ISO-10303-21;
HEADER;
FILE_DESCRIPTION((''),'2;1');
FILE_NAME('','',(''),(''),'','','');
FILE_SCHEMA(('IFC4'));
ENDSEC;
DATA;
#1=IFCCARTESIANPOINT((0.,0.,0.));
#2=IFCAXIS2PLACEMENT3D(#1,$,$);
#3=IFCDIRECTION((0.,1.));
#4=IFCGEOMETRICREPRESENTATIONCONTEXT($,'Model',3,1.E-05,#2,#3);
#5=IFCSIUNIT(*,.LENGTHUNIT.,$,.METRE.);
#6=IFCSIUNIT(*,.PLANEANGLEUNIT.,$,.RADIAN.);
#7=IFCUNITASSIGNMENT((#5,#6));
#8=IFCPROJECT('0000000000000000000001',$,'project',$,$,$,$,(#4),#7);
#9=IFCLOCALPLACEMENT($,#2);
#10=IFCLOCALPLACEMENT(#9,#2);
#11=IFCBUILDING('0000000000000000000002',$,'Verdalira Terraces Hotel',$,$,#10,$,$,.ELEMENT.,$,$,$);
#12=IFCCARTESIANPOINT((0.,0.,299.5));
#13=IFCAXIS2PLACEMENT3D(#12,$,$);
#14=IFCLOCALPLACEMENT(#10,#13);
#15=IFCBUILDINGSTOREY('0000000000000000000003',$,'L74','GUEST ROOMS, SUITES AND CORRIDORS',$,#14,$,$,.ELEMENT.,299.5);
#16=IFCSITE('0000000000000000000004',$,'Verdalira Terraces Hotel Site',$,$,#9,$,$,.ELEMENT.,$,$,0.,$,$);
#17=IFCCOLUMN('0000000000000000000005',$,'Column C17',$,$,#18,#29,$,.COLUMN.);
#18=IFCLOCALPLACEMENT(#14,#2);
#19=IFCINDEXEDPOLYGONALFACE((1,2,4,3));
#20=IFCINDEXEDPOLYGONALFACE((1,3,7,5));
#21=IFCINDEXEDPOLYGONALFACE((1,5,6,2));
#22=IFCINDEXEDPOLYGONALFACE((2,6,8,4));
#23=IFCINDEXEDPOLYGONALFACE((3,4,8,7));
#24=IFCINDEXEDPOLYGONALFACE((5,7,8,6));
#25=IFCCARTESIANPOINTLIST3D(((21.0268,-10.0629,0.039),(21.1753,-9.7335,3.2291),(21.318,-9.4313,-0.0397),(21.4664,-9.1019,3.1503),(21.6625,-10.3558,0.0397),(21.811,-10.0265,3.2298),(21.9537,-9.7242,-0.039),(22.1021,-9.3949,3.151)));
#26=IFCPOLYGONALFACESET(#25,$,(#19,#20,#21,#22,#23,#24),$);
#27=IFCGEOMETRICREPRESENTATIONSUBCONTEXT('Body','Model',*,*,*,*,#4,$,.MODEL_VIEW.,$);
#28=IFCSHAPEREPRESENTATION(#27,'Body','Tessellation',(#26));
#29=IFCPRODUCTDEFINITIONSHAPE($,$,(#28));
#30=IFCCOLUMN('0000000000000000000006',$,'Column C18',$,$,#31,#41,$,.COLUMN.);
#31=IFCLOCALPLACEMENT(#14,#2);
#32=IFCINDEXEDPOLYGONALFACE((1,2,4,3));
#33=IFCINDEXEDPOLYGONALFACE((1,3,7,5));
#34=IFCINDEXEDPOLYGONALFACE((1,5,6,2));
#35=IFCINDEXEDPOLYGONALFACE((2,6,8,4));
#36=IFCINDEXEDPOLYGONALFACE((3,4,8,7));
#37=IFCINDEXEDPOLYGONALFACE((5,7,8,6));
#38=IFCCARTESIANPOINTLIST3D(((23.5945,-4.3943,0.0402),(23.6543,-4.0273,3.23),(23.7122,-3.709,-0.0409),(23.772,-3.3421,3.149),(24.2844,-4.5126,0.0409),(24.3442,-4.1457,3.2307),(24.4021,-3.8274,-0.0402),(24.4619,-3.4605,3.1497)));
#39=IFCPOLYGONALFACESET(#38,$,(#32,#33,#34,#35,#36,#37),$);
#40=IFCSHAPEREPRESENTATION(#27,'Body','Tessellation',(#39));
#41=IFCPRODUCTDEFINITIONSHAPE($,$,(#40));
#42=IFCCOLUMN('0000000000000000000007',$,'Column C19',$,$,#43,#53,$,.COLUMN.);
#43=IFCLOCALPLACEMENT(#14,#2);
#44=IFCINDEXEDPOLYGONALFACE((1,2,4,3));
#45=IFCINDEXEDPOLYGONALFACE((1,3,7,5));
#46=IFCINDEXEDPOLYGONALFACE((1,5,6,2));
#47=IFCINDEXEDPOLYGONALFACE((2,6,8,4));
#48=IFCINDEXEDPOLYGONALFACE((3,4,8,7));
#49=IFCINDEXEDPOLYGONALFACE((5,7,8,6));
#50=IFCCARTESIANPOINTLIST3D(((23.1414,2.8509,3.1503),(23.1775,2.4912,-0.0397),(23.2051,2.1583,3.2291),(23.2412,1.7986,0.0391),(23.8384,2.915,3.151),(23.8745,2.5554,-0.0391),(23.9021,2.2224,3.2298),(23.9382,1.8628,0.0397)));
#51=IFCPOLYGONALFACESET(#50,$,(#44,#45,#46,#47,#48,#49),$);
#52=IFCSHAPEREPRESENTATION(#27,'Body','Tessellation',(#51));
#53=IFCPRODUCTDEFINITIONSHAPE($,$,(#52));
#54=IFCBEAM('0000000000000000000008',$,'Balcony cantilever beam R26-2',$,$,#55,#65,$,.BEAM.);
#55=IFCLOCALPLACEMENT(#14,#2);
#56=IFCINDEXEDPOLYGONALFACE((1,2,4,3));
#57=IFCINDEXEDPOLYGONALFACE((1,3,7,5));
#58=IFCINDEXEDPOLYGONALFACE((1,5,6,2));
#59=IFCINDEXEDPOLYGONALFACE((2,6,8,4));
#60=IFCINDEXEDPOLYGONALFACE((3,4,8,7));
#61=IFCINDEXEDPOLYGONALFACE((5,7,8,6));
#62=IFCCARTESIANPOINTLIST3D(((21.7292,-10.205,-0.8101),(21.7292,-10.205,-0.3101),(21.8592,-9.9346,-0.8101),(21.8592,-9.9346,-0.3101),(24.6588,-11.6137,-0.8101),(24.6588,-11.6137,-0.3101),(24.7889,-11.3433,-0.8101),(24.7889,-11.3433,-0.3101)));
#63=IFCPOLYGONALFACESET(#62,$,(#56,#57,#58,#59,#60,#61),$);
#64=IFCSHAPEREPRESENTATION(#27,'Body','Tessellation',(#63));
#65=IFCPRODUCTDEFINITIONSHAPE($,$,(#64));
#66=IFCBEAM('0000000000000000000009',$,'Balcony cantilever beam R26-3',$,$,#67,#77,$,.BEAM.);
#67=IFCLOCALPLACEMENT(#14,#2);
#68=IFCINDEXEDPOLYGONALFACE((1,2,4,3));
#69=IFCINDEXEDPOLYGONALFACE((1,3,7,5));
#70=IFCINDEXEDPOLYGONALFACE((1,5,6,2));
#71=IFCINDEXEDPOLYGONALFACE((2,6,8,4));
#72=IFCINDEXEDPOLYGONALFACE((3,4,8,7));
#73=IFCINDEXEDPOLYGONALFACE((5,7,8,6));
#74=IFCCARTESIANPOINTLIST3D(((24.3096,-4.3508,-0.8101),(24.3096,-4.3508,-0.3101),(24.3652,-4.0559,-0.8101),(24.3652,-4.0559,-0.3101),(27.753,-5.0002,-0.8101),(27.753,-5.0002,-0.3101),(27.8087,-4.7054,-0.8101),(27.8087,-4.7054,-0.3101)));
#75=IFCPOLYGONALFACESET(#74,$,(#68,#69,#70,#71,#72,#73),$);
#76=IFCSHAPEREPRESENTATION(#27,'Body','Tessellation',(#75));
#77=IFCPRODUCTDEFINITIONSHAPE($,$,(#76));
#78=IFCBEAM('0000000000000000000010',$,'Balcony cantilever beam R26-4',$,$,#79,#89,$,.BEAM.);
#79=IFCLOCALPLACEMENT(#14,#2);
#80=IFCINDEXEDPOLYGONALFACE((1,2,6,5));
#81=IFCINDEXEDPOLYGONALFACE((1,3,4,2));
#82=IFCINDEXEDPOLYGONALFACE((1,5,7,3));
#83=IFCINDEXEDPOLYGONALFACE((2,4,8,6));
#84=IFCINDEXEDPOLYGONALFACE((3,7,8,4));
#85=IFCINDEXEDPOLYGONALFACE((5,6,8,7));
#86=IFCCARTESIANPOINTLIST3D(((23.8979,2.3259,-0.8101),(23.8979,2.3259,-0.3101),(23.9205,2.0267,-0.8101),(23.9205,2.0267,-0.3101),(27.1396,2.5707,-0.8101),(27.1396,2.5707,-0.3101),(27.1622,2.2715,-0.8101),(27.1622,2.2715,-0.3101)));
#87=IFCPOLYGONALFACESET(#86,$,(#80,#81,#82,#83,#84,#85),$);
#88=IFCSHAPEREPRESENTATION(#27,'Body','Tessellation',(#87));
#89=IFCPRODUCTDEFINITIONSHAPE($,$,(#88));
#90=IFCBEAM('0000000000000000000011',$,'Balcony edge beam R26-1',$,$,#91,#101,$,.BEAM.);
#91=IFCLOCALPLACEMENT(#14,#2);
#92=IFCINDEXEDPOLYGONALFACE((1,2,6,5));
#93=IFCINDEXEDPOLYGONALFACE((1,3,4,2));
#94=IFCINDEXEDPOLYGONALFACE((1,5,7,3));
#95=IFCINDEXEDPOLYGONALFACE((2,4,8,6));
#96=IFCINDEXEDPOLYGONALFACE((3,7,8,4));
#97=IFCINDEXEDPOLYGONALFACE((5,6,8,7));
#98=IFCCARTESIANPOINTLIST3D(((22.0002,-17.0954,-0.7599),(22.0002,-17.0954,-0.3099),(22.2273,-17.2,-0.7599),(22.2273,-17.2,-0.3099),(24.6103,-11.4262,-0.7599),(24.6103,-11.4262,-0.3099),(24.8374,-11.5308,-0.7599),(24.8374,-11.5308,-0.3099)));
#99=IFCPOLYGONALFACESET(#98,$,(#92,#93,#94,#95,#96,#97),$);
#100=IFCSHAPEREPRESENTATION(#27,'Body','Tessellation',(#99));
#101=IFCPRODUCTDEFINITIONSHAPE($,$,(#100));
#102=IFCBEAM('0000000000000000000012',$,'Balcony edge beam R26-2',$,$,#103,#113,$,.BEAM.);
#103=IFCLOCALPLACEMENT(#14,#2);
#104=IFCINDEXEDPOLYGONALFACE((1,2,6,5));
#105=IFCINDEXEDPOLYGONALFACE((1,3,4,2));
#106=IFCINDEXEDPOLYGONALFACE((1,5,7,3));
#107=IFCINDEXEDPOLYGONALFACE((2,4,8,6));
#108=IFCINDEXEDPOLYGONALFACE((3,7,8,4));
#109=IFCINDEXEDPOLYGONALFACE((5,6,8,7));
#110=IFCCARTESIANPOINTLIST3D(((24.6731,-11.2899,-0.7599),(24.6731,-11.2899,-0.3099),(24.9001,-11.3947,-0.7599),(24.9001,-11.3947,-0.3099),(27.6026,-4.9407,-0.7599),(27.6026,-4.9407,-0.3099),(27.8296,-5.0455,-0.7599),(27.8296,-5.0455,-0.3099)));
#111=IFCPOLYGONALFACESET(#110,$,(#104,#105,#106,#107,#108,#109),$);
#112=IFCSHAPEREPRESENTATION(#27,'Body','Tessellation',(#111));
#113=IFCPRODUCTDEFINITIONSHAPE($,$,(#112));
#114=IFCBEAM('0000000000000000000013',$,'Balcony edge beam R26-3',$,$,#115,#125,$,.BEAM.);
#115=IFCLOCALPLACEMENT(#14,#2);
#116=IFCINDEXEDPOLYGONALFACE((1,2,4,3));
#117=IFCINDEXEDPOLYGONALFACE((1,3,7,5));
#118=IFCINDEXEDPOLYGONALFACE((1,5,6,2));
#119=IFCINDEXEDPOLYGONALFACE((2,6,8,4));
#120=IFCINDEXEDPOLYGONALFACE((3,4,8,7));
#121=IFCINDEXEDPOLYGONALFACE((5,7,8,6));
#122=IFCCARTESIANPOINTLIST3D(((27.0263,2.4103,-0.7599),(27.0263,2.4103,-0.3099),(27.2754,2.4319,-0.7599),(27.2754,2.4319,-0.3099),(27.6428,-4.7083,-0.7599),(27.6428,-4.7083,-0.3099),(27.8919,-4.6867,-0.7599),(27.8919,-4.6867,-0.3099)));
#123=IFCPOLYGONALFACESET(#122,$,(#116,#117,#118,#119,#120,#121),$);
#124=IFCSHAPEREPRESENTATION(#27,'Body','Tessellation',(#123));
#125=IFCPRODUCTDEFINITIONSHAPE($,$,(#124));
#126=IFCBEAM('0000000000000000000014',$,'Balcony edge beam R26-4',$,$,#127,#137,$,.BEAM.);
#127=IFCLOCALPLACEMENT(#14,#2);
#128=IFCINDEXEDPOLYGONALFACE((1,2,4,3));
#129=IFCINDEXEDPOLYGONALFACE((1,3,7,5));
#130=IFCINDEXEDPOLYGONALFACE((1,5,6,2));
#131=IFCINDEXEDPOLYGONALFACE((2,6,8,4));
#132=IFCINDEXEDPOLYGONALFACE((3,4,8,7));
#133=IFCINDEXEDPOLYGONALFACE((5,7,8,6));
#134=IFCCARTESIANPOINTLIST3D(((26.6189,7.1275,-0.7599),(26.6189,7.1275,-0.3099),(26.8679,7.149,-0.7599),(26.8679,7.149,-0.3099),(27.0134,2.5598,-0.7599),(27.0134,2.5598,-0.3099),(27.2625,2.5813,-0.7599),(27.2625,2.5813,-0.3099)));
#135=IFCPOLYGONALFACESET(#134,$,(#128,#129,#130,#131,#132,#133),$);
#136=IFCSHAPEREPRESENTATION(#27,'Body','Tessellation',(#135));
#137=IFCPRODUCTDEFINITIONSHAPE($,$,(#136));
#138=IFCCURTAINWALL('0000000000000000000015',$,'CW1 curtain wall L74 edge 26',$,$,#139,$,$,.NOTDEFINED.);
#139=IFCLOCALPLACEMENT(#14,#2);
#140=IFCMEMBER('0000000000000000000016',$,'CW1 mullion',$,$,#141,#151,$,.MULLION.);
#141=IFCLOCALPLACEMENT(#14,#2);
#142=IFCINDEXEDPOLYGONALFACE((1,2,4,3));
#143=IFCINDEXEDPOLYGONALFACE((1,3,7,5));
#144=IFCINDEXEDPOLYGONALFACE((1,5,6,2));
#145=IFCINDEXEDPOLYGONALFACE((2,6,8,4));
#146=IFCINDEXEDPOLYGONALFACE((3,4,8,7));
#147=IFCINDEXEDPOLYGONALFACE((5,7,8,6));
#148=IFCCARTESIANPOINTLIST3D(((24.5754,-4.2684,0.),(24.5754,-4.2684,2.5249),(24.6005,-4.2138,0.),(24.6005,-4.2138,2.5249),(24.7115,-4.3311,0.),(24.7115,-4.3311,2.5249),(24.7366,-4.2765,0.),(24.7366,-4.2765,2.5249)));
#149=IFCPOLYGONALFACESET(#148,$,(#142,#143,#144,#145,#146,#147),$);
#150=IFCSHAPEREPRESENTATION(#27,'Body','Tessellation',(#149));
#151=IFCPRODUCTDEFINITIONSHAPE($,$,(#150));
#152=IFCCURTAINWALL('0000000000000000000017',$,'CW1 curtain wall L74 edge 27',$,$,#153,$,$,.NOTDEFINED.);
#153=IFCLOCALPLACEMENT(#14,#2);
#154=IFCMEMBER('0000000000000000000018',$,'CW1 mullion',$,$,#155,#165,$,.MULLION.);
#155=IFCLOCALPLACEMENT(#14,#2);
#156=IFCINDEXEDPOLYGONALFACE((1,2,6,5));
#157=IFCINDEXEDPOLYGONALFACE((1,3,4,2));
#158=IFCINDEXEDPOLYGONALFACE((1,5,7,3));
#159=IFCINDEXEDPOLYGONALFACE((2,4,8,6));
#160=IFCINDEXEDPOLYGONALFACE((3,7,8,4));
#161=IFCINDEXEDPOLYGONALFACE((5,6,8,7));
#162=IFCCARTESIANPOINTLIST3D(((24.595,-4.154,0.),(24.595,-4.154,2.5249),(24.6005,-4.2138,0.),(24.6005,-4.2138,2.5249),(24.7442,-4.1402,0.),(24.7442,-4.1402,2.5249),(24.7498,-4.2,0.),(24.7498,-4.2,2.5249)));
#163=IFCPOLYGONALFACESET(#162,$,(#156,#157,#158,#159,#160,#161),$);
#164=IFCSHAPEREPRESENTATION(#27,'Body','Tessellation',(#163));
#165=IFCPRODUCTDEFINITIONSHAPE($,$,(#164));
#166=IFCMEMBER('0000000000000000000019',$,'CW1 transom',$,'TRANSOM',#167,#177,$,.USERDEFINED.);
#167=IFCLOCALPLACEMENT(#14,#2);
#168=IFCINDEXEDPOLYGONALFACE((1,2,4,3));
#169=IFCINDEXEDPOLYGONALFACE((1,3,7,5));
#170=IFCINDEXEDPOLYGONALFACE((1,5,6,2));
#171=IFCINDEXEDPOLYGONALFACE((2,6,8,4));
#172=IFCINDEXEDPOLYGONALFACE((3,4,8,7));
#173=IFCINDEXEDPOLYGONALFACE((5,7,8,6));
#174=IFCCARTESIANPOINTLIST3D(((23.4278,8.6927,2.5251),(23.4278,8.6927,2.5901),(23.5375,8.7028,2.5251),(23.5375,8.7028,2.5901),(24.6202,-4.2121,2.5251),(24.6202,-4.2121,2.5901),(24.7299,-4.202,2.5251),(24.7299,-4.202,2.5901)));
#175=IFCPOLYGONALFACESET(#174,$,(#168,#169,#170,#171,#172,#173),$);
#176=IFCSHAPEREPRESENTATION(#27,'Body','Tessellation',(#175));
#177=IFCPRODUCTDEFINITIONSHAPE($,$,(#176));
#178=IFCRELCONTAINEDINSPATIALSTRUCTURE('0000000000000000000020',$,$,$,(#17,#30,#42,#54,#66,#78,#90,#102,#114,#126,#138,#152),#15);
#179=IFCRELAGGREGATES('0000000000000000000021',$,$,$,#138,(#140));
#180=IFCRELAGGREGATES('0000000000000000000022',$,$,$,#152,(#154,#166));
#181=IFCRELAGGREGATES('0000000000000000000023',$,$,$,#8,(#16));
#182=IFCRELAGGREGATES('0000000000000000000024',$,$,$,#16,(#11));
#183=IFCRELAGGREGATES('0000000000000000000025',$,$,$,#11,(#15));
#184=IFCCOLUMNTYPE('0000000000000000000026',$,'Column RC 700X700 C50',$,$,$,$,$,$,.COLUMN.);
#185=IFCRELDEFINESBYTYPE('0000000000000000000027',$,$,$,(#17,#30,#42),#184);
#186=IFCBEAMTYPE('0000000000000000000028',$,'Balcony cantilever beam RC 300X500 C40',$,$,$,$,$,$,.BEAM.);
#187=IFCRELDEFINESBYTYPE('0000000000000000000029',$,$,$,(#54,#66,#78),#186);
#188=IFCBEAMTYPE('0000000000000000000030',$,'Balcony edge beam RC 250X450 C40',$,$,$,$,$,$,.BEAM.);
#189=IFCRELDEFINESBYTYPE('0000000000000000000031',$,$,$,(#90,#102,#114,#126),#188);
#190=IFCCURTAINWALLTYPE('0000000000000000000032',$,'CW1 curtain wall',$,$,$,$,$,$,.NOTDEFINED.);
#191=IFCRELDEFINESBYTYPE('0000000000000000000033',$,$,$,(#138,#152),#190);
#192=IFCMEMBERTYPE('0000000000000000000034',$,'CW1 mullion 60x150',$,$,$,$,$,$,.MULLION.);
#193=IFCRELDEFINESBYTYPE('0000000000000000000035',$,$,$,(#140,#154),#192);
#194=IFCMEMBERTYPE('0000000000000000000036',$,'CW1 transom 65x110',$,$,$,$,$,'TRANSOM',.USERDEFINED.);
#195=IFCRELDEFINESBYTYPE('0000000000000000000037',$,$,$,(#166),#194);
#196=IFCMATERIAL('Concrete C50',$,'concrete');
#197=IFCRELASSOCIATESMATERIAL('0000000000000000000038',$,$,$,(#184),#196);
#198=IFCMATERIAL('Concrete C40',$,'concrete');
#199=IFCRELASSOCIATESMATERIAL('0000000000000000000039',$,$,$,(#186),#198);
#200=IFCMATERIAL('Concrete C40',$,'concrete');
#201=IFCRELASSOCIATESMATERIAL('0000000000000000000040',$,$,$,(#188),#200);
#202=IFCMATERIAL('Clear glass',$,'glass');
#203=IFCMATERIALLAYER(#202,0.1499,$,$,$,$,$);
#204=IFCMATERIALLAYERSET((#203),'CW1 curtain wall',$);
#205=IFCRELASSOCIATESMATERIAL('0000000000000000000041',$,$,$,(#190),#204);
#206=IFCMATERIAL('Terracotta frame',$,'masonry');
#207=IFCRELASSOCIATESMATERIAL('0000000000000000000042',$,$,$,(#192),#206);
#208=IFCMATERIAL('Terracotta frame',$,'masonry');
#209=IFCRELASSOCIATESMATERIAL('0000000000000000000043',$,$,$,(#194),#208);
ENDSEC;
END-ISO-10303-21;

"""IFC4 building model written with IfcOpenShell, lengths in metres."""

from ifc_helpers import new_model, si_unit, direction, frame, origin, origin_2d, place, context, subcontext, project, spatial, rectangle, extrude, material, layer, layer_set, material_profile, profile_set, type_object, element, aggregate, save


model = new_model("IFC4")

# Units and contexts
model_context = context("Model", 3, precision=1e-05, world=origin(), true_north=direction((0.0, 1.0)))
body_context = subcontext(model_context, "Body", "Model", "MODEL_VIEW")
ifc_project = project(units=[si_unit("LENGTHUNIT", "METRE"), si_unit("PLANEANGLEUNIT", "RADIAN")], contexts=[model_context])

# Site, building, storey
site_placement = place(None, origin())
site = spatial("IfcSite", under=ifc_project, at=site_placement, Name="Verdalira Terraces Hotel Site", CompositionType="ELEMENT", RefElevation=0.0)
building_placement = place(site_placement, origin())
building = spatial("IfcBuilding", under=site, at=building_placement, Name="Verdalira Terraces Hotel", CompositionType="ELEMENT")
storey_placement = place(building_placement, frame((0.0, 0.0, 299.5)))
storey = spatial("IfcBuildingStorey", under=building, at=storey_placement, Name="L74", Description="GUEST ROOMS, SUITES AND CORRIDORS", CompositionType="ELEMENT", Elevation=299.5)

# Columns
ifc_material_1 = material(Name="Concrete C50", Category="concrete")
ifc_material_profile_1 = material_profile(ifc_material_1, rectangle(XDim=0.7, YDim=0.7, at=origin_2d()), Name="RC 700X700")
ifc_profile_set_1 = profile_set([ifc_material_profile_1], Name="Concrete C50")
column_type = type_object("IfcColumnType", Name="Column RC 700X700 C50", PredefinedType="COLUMN", material=ifc_profile_set_1)
column_1_placement = place(storey_placement, frame((21.4902, -9.8936, 0.0), z_axis=(0.046237, 0.102589, 0.993649), x_axis=(0.415961, 0.902394, -0.112524)))
element("IfcColumn", 1, at=column_1_placement, inside=storey, type_object=column_type, Name="Column C17", PredefinedType="COLUMN", context=body_context, shape_type="SweptSolid", body=[
    extrude(rectangle(XDim=0.7, YDim=0.7, at=origin_2d()), origin(), (0.0, 0.0, 1.0), 3.2104),
])
column_2_placement = place(storey_placement, frame((23.9983, -4.1108, 0.0), z_axis=(0.018625, 0.114258, 0.993277), x_axis=(-0.16812, -0.978946, 0.115762)))
element("IfcColumn", 2, at=column_2_placement, inside=storey, type_object=column_type, Name="Column C18", PredefinedType="COLUMN", context=body_context, shape_type="SweptSolid", body=[
    extrude(rectangle(XDim=0.7, YDim=0.7, at=origin_2d()), origin(), (0.0, 0.0, 1.0), 3.2114),
])
column_3_placement = place(storey_placement, frame((23.5579, 2.177, 0.0), z_axis=(-0.011255, 0.112019, 0.993642), x_axis=(-0.090943, 0.989472, -0.112579)))
element("IfcColumn", 3, at=column_3_placement, inside=storey, type_object=column_type, Name="Column C19", PredefinedType="COLUMN", context=body_context, shape_type="SweptSolid", body=[
    extrude(rectangle(XDim=0.7, YDim=0.7, at=origin_2d()), origin(), (0.0, 0.0, 1.0), 3.2104),
])

# Beams
ifc_material_2 = material(Name="Concrete C40", Category="concrete")
ifc_material_profile_2 = material_profile(ifc_material_2, rectangle(XDim=0.3, YDim=0.5, at=origin_2d()), Name="RC 300X500")
ifc_profile_set_2 = profile_set([ifc_material_profile_2], Name="Concrete C40")
beam_type_1 = type_object("IfcBeamType", Name="Balcony cantilever beam RC 300X500 C40", PredefinedType="BEAM", material=ifc_profile_set_2)
beam_1_placement = place(storey_placement, frame((21.7942, -10.0698, -0.5601), z_axis=(0.90123, -0.433341, 0.0), x_axis=(0.433341, 0.90123, 0.0)))
element("IfcBeam", 4, at=beam_1_placement, inside=storey, type_object=beam_type_1, Name="Balcony cantilever beam R26-2", PredefinedType="BEAM", context=body_context, shape_type="SweptSolid", body=[
    extrude(rectangle(XDim=0.3, YDim=0.5, at=origin_2d()), origin(), (0.0, 0.0, 1.0), 3.2507),
])
beam_2_placement = place(storey_placement, frame((24.3374, -4.2034, -0.5601), z_axis=(0.982676, -0.185332, 0.0), x_axis=(0.185332, 0.982676, 0.0)))
element("IfcBeam", 5, at=beam_2_placement, inside=storey, type_object=beam_type_1, Name="Balcony cantilever beam R26-3", PredefinedType="BEAM", context=body_context, shape_type="SweptSolid", body=[
    extrude(rectangle(XDim=0.3, YDim=0.5, at=origin_2d()), origin(), (0.0, 0.0, 1.0), 3.5042),
])
beam_3_placement = place(storey_placement, frame((23.9092, 2.1763, -0.5601), z_axis=(0.997159, 0.075324, 0.0), x_axis=(-0.075324, 0.997159, 0.0)))
element("IfcBeam", 6, at=beam_3_placement, inside=storey, type_object=beam_type_1, Name="Balcony cantilever beam R26-4", PredefinedType="BEAM", context=body_context, shape_type="SweptSolid", body=[
    extrude(rectangle(XDim=0.3, YDim=0.5, at=origin_2d()), origin(), (0.0, 0.0, 1.0), 3.251),
])
ifc_material_3 = material(Name="Concrete C40", Category="concrete")
ifc_material_profile_3 = material_profile(ifc_material_3, rectangle(XDim=0.25, YDim=0.45, at=origin_2d()), Name="RC 250X450")
ifc_profile_set_3 = profile_set([ifc_material_profile_3], Name="Concrete C40")
beam_type_2 = type_object("IfcBeamType", Name="Balcony edge beam RC 250X450 C40", PredefinedType="BEAM", material=ifc_profile_set_3)
beam_4_placement = place(storey_placement, frame((22.1138, -17.1477, -0.5349), z_axis=(0.418207, 0.908352, 0.0), x_axis=(-0.908352, 0.418207, 0.0)))
element("IfcBeam", 7, at=beam_4_placement, inside=storey, type_object=beam_type_2, Name="Balcony edge beam R26-1", PredefinedType="BEAM", context=body_context, shape_type="SweptSolid", body=[
    extrude(rectangle(XDim=0.25, YDim=0.45, at=origin_2d()), origin(), (0.0, 0.0, 1.0), 6.2412),
])
beam_5_placement = place(storey_placement, frame((24.7866, -11.3423, -0.5349), z_axis=(0.41895, 0.908009, 0.0), x_axis=(-0.908009, 0.41895, 0.0)))
element("IfcBeam", 8, at=beam_5_placement, inside=storey, type_object=beam_type_2, Name="Balcony edge beam R26-2", PredefinedType="BEAM", context=body_context, shape_type="SweptSolid", body=[
    extrude(rectangle(XDim=0.25, YDim=0.45, at=origin_2d()), origin(), (0.0, 0.0, 1.0), 6.9924),
])
beam_6_placement = place(storey_placement, frame((27.7673, -4.6975, -0.5349), z_axis=(-0.086274, 0.996271, 0.0), x_axis=(-0.996271, -0.086274, 0.0)))
element("IfcBeam", 9, at=beam_6_placement, inside=storey, type_object=beam_type_2, Name="Balcony edge beam R26-3", PredefinedType="BEAM", context=body_context, shape_type="SweptSolid", body=[
    extrude(rectangle(XDim=0.25, YDim=0.45, at=origin_2d()), origin(), (0.0, 0.0, 1.0), 7.1453),
])
beam_7_placement = place(storey_placement, frame((27.1379, 2.5706, -0.5349), z_axis=(-0.086055, 0.99629, 0.0), x_axis=(-0.99629, -0.086055, 0.0)))
element("IfcBeam", 10, at=beam_7_placement, inside=storey, type_object=beam_type_2, Name="Balcony edge beam R26-4", PredefinedType="BEAM", context=body_context, shape_type="SweptSolid", body=[
    extrude(rectangle(XDim=0.25, YDim=0.45, at=origin_2d()), origin(), (0.0, 0.0, 1.0), 4.5847),
])

# Curtain wall, member
ifc_material_4 = material(Name="Clear glass", Category="glass")
ifc_layer_1 = layer(ifc_material_4, 0.1499)
ifc_layer_set_1 = layer_set([ifc_layer_1], Name="CW1 curtain wall")
curtain_wall_type = type_object("IfcCurtainWallType", Name="CW1 curtain wall", PredefinedType="NOTDEFINED", material=ifc_layer_set_1)
curtain_wall_1_placement = place(storey_placement, origin())
curtain_wall_1 = element("IfcCurtainWall", 11, at=curtain_wall_1_placement, inside=storey, type_object=curtain_wall_type, Name="CW1 curtain wall L74 edge 26", PredefinedType="NOTDEFINED")
ifc_material_5 = material(Name="Terracotta frame", Category="masonry")
ifc_material_profile_4 = material_profile(ifc_material_5, rectangle(XDim=0.0601, YDim=0.1499, at=origin_2d()), Name="MU 60x150")
ifc_profile_set_4 = profile_set([ifc_material_profile_4], Name="Terracotta frame")
member_type_1 = type_object("IfcMemberType", Name="CW1 mullion 60x150", PredefinedType="MULLION", material=ifc_profile_set_4)
member_1_placement = place(storey_placement, frame((24.656, -4.2725, 0.0), z_axis=(0.0, 0.0, 1.0), x_axis=(0.418184, 0.908362, 0.0)))
member_1 = element("IfcMember", 12, at=member_1_placement, type_object=member_type_1, Name="CW1 mullion", PredefinedType="MULLION", context=body_context, shape_type="SweptSolid", body=[
    extrude(rectangle(XDim=0.0601, YDim=0.1499, at=origin_2d()), origin(), (0.0, 0.0, 1.0), 2.5249),
])

# Curtain wall, members
curtain_wall_2_placement = place(storey_placement, origin())
curtain_wall_2 = element("IfcCurtainWall", 13, at=curtain_wall_2_placement, inside=storey, type_object=curtain_wall_type, Name="CW1 curtain wall L74 edge 27", PredefinedType="NOTDEFINED")
member_2_placement = place(storey_placement, frame((24.6724, -4.177, 0.0), z_axis=(0.0, 0.0, 1.0), x_axis=(-0.092023, 0.995757, 0.0)))
member_2 = element("IfcMember", 14, at=member_2_placement, type_object=member_type_1, Name="CW1 mullion", PredefinedType="MULLION", context=body_context, shape_type="SweptSolid", body=[
    extrude(rectangle(XDim=0.0601, YDim=0.1499, at=origin_2d()), origin(), (0.0, 0.0, 1.0), 2.5249),
])
ifc_material_6 = material(Name="Terracotta frame", Category="masonry")
ifc_material_profile_5 = material_profile(ifc_material_6, rectangle(XDim=0.1101, YDim=0.0649, at=origin_2d()), Name="TR 65x110")
ifc_profile_set_5 = profile_set([ifc_material_profile_5], Name="Terracotta frame")
member_type_2 = type_object("IfcMemberType", Name="CW1 transom 65x110", ElementType="TRANSOM", PredefinedType="USERDEFINED", material=ifc_profile_set_5)
member_3_placement = place(storey_placement, frame((24.675, -4.207, 2.5576), z_axis=(-0.092007, 0.995758, 0.0), x_axis=(-0.995758, -0.092007, 0.0)))
member_3 = element("IfcMember", 15, at=member_3_placement, type_object=member_type_2, Name="CW1 transom", ObjectType="TRANSOM", PredefinedType="USERDEFINED", context=body_context, shape_type="SweptSolid", body=[
    extrude(rectangle(XDim=0.1101, YDim=0.0649, at=origin_2d()), origin(), (0.0, 0.0, 1.0), 12.9597),
])

aggregate(curtain_wall_1, [member_1])
aggregate(curtain_wall_2, [member_2, member_3])

save(model, "model.ifc")
